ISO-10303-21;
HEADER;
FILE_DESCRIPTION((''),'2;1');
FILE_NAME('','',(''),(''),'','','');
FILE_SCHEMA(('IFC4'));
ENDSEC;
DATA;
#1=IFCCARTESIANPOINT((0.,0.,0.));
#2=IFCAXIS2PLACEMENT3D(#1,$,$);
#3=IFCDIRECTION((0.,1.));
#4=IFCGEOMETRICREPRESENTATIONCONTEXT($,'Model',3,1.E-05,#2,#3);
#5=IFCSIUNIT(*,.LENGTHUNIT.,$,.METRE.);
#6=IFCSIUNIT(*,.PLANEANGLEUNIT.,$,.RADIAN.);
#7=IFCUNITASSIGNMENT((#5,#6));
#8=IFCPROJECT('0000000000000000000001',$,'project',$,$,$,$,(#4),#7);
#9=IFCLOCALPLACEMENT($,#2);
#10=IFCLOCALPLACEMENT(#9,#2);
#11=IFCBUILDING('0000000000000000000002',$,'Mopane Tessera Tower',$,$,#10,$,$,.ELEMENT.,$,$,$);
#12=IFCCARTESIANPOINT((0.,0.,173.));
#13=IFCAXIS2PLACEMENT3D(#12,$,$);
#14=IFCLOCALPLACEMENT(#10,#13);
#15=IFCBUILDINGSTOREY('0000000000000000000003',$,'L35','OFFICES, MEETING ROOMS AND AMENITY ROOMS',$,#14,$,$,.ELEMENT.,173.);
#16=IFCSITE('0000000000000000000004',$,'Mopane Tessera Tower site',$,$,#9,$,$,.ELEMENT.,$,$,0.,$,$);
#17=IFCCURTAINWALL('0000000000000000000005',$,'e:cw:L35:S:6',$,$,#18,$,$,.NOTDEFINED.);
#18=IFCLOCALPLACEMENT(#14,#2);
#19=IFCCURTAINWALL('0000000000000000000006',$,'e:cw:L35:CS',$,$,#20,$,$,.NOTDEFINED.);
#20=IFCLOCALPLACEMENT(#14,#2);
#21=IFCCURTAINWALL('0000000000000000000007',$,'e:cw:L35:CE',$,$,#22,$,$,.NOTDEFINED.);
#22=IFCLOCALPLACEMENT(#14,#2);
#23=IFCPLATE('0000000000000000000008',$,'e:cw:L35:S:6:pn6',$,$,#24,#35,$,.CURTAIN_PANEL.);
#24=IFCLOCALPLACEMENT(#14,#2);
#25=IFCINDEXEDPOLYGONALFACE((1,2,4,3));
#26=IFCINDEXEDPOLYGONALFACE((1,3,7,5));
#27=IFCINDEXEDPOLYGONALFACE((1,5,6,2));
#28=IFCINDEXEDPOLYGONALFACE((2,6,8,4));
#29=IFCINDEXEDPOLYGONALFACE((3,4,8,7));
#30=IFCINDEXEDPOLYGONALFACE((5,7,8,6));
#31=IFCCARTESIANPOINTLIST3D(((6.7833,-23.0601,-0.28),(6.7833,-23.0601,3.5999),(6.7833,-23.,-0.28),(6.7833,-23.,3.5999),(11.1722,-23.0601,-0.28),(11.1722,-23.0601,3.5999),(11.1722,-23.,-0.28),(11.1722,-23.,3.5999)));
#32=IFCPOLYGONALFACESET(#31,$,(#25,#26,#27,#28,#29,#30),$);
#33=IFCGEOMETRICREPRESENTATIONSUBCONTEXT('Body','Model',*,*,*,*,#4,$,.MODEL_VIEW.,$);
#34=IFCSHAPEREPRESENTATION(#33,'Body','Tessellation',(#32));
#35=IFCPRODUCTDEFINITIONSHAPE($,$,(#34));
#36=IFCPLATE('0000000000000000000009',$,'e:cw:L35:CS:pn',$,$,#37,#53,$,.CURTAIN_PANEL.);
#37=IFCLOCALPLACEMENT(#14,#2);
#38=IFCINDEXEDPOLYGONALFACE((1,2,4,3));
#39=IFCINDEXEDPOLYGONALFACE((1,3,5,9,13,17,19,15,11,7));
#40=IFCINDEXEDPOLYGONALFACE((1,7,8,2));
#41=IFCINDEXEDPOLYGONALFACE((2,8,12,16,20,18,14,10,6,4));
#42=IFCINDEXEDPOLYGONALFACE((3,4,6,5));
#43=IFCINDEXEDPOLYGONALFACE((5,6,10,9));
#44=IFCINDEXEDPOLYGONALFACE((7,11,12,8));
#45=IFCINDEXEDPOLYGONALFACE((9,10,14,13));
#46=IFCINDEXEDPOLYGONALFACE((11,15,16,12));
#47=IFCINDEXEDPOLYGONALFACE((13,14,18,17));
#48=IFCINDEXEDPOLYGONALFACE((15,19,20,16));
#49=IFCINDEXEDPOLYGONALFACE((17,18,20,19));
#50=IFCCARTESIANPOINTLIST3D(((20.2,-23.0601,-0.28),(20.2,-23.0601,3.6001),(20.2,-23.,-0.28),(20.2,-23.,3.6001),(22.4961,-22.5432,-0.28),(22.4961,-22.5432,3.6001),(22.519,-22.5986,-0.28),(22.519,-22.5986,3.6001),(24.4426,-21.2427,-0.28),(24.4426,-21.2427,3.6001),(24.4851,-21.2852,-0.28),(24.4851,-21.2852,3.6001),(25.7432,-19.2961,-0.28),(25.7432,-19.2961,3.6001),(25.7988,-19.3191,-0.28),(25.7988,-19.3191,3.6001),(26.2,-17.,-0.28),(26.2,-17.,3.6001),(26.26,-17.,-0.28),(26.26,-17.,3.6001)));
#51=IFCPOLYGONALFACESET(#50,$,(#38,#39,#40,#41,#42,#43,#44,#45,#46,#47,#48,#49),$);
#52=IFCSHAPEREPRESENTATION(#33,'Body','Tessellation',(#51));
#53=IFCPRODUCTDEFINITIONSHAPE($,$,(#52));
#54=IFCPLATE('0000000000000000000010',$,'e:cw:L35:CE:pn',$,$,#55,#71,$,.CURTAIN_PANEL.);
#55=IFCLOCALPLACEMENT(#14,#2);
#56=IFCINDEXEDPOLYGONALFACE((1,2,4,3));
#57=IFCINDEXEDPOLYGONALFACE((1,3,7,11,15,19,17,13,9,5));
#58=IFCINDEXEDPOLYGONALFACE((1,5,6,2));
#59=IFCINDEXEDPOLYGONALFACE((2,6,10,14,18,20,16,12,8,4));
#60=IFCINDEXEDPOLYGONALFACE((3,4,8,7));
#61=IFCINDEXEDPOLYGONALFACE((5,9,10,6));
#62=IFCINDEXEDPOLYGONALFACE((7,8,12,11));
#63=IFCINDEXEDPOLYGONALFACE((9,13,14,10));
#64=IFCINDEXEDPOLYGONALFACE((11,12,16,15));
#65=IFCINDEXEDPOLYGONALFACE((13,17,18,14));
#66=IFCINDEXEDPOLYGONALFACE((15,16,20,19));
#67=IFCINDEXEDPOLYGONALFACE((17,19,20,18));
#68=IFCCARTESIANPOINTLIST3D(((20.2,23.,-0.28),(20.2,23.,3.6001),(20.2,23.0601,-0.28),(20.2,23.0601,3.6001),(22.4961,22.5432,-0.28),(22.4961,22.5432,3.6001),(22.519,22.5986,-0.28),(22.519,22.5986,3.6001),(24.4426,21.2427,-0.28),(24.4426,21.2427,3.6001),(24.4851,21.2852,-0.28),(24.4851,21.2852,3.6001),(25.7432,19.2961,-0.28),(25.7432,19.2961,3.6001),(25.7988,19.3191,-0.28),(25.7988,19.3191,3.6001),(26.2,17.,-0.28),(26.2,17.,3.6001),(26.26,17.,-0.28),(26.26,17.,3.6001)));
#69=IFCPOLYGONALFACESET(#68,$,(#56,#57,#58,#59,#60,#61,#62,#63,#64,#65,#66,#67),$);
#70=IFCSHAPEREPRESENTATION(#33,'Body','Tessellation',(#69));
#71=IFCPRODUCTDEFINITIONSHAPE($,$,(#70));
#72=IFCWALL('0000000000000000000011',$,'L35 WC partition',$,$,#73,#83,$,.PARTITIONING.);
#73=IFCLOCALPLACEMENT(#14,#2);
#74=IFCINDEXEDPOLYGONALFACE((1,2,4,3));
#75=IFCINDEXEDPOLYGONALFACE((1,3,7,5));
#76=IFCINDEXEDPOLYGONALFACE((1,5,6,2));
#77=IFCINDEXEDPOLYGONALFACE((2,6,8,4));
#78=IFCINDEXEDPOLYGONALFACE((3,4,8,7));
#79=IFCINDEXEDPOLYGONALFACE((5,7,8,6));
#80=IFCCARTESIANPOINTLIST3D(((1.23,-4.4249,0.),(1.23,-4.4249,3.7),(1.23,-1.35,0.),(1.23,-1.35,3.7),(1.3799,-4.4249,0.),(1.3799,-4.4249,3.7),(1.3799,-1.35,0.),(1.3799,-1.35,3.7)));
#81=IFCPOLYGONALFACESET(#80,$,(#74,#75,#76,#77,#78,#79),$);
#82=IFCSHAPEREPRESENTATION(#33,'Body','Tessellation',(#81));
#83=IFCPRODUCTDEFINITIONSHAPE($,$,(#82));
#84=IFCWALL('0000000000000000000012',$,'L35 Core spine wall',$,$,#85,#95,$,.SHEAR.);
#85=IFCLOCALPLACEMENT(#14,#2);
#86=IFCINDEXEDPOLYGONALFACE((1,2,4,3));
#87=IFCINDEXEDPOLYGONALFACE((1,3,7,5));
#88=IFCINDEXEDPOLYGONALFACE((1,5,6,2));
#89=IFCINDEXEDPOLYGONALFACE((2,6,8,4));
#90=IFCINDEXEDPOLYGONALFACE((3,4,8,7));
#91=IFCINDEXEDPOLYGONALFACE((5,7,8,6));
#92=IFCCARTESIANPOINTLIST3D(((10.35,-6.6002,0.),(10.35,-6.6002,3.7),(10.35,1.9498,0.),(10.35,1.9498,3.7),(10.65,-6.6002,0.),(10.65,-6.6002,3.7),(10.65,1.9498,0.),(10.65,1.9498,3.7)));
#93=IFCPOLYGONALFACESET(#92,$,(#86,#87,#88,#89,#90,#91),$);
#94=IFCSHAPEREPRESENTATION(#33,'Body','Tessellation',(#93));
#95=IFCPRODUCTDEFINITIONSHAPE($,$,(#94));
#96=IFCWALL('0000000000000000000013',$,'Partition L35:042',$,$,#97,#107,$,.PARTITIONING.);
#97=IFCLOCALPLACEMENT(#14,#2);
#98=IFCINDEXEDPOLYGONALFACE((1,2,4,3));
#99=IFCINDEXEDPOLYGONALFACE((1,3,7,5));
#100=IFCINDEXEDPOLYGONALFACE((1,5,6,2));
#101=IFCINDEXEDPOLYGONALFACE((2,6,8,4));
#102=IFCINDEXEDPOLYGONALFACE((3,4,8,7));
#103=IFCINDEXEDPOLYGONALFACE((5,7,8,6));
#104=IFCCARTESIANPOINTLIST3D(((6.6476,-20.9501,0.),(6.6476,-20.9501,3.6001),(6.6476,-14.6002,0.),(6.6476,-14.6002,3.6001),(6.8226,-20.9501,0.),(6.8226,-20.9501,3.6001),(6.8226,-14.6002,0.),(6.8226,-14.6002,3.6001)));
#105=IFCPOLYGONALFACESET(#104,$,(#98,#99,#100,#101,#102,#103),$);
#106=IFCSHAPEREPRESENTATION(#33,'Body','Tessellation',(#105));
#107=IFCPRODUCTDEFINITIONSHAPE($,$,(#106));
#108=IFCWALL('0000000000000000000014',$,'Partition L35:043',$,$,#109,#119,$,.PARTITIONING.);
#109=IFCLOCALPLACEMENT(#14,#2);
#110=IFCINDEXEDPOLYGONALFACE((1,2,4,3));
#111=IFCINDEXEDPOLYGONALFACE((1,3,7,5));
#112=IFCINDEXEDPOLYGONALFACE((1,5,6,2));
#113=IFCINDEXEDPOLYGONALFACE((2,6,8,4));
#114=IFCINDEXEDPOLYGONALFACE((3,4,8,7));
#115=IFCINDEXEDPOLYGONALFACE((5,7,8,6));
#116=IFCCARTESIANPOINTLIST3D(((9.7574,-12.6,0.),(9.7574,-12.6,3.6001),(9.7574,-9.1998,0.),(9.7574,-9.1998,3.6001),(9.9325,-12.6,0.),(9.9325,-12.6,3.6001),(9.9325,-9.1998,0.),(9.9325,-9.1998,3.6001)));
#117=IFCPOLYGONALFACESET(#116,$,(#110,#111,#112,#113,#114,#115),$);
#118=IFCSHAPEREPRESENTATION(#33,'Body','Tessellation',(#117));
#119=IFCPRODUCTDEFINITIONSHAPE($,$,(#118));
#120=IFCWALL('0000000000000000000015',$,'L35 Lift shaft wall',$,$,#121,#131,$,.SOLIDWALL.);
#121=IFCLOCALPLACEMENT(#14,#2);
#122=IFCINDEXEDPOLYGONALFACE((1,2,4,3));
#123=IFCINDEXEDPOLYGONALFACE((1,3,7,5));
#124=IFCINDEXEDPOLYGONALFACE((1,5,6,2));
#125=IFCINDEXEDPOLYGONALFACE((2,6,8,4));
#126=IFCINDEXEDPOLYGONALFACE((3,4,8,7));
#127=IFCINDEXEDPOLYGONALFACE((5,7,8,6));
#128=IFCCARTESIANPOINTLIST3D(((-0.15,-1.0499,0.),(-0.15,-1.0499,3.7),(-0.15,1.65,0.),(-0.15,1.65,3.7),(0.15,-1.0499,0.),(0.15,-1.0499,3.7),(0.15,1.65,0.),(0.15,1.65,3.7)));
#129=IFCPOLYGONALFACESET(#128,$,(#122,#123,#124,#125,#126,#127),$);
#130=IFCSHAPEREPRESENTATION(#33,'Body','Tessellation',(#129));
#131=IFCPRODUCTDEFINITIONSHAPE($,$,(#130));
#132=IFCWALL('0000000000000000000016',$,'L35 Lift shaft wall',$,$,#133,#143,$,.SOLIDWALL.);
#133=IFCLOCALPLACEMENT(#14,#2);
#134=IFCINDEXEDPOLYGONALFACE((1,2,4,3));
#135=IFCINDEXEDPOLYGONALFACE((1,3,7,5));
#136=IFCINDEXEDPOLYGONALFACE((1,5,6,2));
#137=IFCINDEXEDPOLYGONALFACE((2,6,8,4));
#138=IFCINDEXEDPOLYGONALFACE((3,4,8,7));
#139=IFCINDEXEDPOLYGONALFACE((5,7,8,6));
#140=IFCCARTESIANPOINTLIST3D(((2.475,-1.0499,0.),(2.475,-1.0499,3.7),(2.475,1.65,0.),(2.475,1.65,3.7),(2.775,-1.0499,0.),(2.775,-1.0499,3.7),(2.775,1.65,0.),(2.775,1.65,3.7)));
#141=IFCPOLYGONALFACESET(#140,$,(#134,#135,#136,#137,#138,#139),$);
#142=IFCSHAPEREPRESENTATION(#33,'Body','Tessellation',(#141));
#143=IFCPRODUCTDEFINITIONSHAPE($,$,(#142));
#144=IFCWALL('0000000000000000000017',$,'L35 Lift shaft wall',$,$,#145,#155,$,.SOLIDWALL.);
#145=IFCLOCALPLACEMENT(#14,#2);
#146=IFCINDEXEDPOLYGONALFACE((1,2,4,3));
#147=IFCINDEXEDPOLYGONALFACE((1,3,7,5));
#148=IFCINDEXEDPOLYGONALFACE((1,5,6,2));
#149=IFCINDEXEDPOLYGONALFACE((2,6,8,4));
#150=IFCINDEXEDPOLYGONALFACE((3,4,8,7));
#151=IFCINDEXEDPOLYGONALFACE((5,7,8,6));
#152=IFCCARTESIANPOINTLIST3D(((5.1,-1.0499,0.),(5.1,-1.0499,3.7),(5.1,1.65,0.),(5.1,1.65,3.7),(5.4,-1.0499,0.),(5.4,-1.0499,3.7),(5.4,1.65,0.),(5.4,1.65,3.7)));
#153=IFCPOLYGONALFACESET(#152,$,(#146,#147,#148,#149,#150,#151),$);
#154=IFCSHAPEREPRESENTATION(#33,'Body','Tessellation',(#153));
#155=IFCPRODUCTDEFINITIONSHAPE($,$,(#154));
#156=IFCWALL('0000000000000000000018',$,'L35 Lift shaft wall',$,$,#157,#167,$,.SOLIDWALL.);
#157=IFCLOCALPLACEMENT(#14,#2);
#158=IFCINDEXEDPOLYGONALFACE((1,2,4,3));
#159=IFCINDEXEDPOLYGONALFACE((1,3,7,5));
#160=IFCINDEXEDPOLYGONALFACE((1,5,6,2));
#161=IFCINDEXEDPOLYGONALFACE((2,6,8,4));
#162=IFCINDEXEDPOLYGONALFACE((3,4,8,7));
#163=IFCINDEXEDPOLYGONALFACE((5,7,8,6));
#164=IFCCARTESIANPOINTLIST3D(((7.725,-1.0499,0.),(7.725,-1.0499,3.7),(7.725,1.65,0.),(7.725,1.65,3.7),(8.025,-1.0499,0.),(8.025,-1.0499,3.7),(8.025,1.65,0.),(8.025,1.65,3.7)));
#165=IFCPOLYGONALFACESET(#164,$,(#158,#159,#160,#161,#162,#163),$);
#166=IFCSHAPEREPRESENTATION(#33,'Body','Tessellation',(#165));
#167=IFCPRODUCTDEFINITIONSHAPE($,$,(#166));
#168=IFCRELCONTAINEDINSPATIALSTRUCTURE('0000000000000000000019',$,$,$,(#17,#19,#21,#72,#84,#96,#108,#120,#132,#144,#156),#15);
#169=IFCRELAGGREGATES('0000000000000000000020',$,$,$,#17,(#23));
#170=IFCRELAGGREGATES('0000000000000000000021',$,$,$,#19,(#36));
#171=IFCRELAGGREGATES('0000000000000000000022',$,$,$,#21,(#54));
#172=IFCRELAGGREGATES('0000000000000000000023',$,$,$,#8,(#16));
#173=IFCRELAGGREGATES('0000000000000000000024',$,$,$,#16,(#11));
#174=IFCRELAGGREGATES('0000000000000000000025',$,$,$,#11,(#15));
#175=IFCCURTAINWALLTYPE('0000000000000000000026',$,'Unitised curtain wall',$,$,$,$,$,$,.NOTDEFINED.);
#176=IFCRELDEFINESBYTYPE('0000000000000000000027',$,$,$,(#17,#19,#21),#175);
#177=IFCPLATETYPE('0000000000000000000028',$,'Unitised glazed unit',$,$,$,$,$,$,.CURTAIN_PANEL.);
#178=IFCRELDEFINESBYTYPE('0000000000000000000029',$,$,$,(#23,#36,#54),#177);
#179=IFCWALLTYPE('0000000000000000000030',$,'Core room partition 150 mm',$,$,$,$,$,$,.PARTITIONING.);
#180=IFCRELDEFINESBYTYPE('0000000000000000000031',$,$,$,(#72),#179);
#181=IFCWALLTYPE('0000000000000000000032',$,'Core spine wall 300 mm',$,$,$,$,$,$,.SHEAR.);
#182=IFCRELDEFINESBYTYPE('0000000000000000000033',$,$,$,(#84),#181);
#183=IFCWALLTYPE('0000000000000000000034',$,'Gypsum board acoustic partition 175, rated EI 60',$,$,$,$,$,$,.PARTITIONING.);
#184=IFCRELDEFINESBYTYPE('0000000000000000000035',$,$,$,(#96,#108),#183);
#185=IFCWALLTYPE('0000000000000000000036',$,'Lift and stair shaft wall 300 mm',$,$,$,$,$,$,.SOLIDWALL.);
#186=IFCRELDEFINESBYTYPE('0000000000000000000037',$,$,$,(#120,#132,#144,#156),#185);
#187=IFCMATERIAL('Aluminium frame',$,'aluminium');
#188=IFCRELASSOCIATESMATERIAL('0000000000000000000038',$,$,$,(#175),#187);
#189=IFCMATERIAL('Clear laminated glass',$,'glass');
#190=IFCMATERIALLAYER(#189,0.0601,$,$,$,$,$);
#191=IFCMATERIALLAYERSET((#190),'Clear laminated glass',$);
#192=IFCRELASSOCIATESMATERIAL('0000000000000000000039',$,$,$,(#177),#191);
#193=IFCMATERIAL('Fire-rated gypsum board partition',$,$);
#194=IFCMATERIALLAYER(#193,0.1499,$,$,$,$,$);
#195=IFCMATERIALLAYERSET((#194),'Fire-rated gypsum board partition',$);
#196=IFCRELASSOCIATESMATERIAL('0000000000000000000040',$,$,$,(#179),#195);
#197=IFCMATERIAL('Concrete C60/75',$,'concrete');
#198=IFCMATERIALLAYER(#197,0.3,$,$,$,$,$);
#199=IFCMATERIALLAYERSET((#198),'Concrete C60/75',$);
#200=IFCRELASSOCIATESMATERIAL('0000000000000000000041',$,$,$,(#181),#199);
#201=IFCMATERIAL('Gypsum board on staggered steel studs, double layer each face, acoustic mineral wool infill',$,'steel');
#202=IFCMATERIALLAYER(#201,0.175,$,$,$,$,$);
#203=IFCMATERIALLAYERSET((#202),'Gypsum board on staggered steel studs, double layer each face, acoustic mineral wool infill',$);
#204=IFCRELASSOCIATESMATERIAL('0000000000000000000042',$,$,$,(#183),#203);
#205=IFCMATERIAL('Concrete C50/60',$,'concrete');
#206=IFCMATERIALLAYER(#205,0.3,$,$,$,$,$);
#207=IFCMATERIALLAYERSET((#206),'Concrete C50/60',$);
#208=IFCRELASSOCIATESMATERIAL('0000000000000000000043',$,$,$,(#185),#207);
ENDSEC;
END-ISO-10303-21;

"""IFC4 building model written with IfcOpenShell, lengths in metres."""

from ifc_helpers import new_model, si_unit, direction, frame, frame_2d, origin, origin_2d, place, context, subcontext, project, spatial, polyline, rectangle, outline, extrude, material, layer, layer_set, type_object, element, aggregate, save


model = new_model("IFC4")

# Units and contexts
model_context = context("Model", 3, precision=1e-05, world=origin(), true_north=direction((0.0, 1.0)))
body_context = subcontext(model_context, "Body", "Model", "MODEL_VIEW")
ifc_project = project(units=[si_unit("LENGTHUNIT", "METRE"), si_unit("PLANEANGLEUNIT", "RADIAN")], contexts=[model_context])

# Site, building, storey
site_placement = place(None, origin())
site = spatial("IfcSite", under=ifc_project, at=site_placement, Name="Mopane Tessera Tower site", CompositionType="ELEMENT", RefElevation=0.0)
building_placement = place(site_placement, origin())
building = spatial("IfcBuilding", under=site, at=building_placement, Name="Mopane Tessera Tower", CompositionType="ELEMENT")
storey_placement = place(building_placement, frame((0.0, 0.0, 173.0)))
storey = spatial("IfcBuildingStorey", under=building, at=storey_placement, Name="L35", Description="OFFICES, MEETING ROOMS AND AMENITY ROOMS", CompositionType="ELEMENT", Elevation=173.0)

# Curtain wall
ifc_material_1 = material(Name="Aluminium frame", Category="aluminium")
curtain_wall_type = type_object("IfcCurtainWallType", Name="Unitised curtain wall", PredefinedType="NOTDEFINED", material=ifc_material_1)
curtain_wall_1_placement = place(storey_placement, origin())
curtain_wall_1 = element("IfcCurtainWall", 1, at=curtain_wall_1_placement, inside=storey, type_object=curtain_wall_type, Name="e:cw:L35:S:6", PredefinedType="NOTDEFINED")

# Curtain walls
curtain_wall_2_placement = place(storey_placement, origin())
curtain_wall_2 = element("IfcCurtainWall", 2, at=curtain_wall_2_placement, inside=storey, type_object=curtain_wall_type, Name="e:cw:L35:CS", PredefinedType="NOTDEFINED")
curtain_wall_3_placement = place(storey_placement, origin())
curtain_wall_3 = element("IfcCurtainWall", 3, at=curtain_wall_3_placement, inside=storey, type_object=curtain_wall_type, Name="e:cw:L35:CE", PredefinedType="NOTDEFINED")

# Plates
ifc_material_2 = material(Name="Clear laminated glass", Category="glass")
ifc_layer_1 = layer(ifc_material_2, 0.0601)
ifc_layer_set_1 = layer_set([ifc_layer_1], Name="Clear laminated glass")
plate_type = type_object("IfcPlateType", Name="Unitised glazed unit", PredefinedType="CURTAIN_PANEL", material=ifc_layer_set_1)
plate_1_placement = place(storey_placement, frame((8.9778, -23.03, -0.28), z_axis=(0.0, 0.0, 1.0), x_axis=(1.0, 0.0, 0.0)))
plate_1 = element("IfcPlate", 4, at=plate_1_placement, type_object=plate_type, Name="e:cw:L35:S:6:pn6", PredefinedType="CURTAIN_PANEL", context=body_context, shape_type="SweptSolid", body=[
    extrude(rectangle(XDim=4.3889, YDim=0.0601, at=origin_2d()), origin(), (0.0, 0.0, 1.0), 3.8799),
])
aggregate(curtain_wall_1, [plate_1])
plate_2_placement = place(storey_placement, frame((0.0, 0.0, -0.28)))
plate_2 = element("IfcPlate", 5, at=plate_2_placement, type_object=plate_type, Name="e:cw:L35:CS:pn", PredefinedType="CURTAIN_PANEL", context=body_context, shape_type="SweptSolid", body=[
    extrude(outline(polyline([(20.2, -23.0), (22.4961, -22.5432), (24.4426, -21.2427), (25.7432, -19.2961), (26.2, -17.0), (26.26, -17.0), (25.7988, -19.3191), (24.4851, -21.2852), (22.519, -22.5986), (20.2, -23.0601), (20.2, -23.0)])), origin(), (0.0, 0.0, 1.0), 3.8801),
])
aggregate(curtain_wall_2, [plate_2])
plate_3_placement = place(storey_placement, frame((0.0, 0.0, -0.28)))
plate_3 = element("IfcPlate", 6, at=plate_3_placement, type_object=plate_type, Name="e:cw:L35:CE:pn", PredefinedType="CURTAIN_PANEL", context=body_context, shape_type="SweptSolid", body=[
    extrude(outline(polyline([(26.2, 17.0), (25.7432, 19.2961), (24.4426, 21.2427), (22.4961, 22.5432), (20.2, 23.0), (20.2, 23.0601), (22.519, 22.5986), (24.4851, 21.2852), (25.7988, 19.3191), (26.26, 17.0), (26.2, 17.0)])), origin(), (0.0, 0.0, 1.0), 3.8801),
])
aggregate(curtain_wall_3, [plate_3])

# Walls
ifc_material_3 = material(Name="Fire-rated gypsum board partition")
ifc_layer_2 = layer(ifc_material_3, 0.1499)
ifc_layer_set_2 = layer_set([ifc_layer_2], Name="Fire-rated gypsum board partition")
wall_type_1 = type_object("IfcWallType", Name="Core room partition 150 mm", PredefinedType="PARTITIONING", material=ifc_layer_set_2)
wall_1_placement = place(storey_placement, frame((1.3049, -4.425, 0.0), z_axis=(0.0, 0.0, 1.0), x_axis=(0.0, 1.0, 0.0)))
element("IfcWall", 7, at=wall_1_placement, inside=storey, type_object=wall_type_1, Name="L35 WC partition", PredefinedType="PARTITIONING", context=body_context, shape_type="SweptSolid", body=[
    extrude(rectangle(XDim=3.075, YDim=0.1499, at=frame_2d((1.5376, 0.0))), origin(), (0.0, 0.0, 1.0), 3.7),
])
ifc_material_4 = material(Name="Concrete C60/75", Category="concrete")
ifc_layer_3 = layer(ifc_material_4, 0.3)
ifc_layer_set_3 = layer_set([ifc_layer_3], Name="Concrete C60/75")
wall_type_2 = type_object("IfcWallType", Name="Core spine wall 300 mm", PredefinedType="SHEAR", material=ifc_layer_set_3)
wall_2_placement = place(storey_placement, frame((10.5, -6.6001, 0.0), z_axis=(0.0, 0.0, 1.0), x_axis=(0.0, 1.0, 0.0)))
element("IfcWall", 8, at=wall_2_placement, inside=storey, type_object=wall_type_2, Name="L35 Core spine wall", PredefinedType="SHEAR", context=body_context, shape_type="SweptSolid", body=[
    extrude(rectangle(XDim=8.55, YDim=0.3, at=frame_2d((4.2749, 0.0))), origin(), (0.0, 0.0, 1.0), 3.7),
])
ifc_material_5 = material(Name="Gypsum board on staggered steel studs, double layer each face, acoustic mineral wool infill", Category="steel")
ifc_layer_4 = layer(ifc_material_5, 0.175)
ifc_layer_set_4 = layer_set([ifc_layer_4], Name="Gypsum board on staggered steel studs, double layer each face, acoustic mineral wool infill")
wall_type_3 = type_object("IfcWallType", Name="Gypsum board acoustic partition 175, rated EI 60", PredefinedType="PARTITIONING", material=ifc_layer_set_4)
wall_3_placement = place(storey_placement, frame((6.7351, -20.95, 0.0), z_axis=(0.0, 0.0, 1.0), x_axis=(0.0, 1.0, 0.0)))
element("IfcWall", 9, at=wall_3_placement, inside=storey, type_object=wall_type_3, Name="Partition L35:042", PredefinedType="PARTITIONING", context=body_context, shape_type="SweptSolid", body=[
    extrude(rectangle(XDim=6.3499, YDim=0.175, at=frame_2d((3.1748, 0.0))), origin(), (0.0, 0.0, 1.0), 3.6001),
])
wall_4_placement = place(storey_placement, frame((9.845, -12.6001, 0.0), z_axis=(0.0, 0.0, 1.0), x_axis=(0.0, 1.0, 0.0)))
element("IfcWall", 10, at=wall_4_placement, inside=storey, type_object=wall_type_3, Name="Partition L35:043", PredefinedType="PARTITIONING", context=body_context, shape_type="SweptSolid", body=[
    extrude(rectangle(XDim=3.4001, YDim=0.175, at=frame_2d((1.7002, 0.0))), origin(), (0.0, 0.0, 1.0), 3.6001),
])
ifc_material_6 = material(Name="Concrete C50/60", Category="concrete")
ifc_layer_5 = layer(ifc_material_6, 0.3)
ifc_layer_set_5 = layer_set([ifc_layer_5], Name="Concrete C50/60")
wall_type_4 = type_object("IfcWallType", Name="Lift and stair shaft wall 300 mm", PredefinedType="SOLIDWALL", material=ifc_layer_set_5)
for number, where, z_axis, x_axis, name in (
    (11, (0.0, -1.05, 0.0), (0.0, 0.0, 1.0), (0.0, 1.0, 0.0), "L35 Lift shaft wall"),
    (12, (2.625, -1.05, 0.0), (0.0, 0.0, 1.0), (0.0, 1.0, 0.0), "L35 Lift shaft wall"),
    (13, (5.25, -1.05, 0.0), (0.0, 0.0, 1.0), (0.0, 1.0, 0.0), "L35 Lift shaft wall"),
    (14, (7.875, -1.05, 0.0), (0.0, 0.0, 1.0), (0.0, 1.0, 0.0), "L35 Lift shaft wall"),
):
    element("IfcWall", number, at=place(storey_placement, frame(where, z_axis=z_axis, x_axis=x_axis)), inside=storey, type_object=wall_type_4, Name=name, PredefinedType="SOLIDWALL", context=body_context, shape_type="SweptSolid", body=[
        extrude(rectangle(XDim=2.7, YDim=0.3, at=frame_2d((1.3501, 0.0))), origin(), (0.0, 0.0, 1.0), 3.7),
    ])

save(model, "model.ifc")
